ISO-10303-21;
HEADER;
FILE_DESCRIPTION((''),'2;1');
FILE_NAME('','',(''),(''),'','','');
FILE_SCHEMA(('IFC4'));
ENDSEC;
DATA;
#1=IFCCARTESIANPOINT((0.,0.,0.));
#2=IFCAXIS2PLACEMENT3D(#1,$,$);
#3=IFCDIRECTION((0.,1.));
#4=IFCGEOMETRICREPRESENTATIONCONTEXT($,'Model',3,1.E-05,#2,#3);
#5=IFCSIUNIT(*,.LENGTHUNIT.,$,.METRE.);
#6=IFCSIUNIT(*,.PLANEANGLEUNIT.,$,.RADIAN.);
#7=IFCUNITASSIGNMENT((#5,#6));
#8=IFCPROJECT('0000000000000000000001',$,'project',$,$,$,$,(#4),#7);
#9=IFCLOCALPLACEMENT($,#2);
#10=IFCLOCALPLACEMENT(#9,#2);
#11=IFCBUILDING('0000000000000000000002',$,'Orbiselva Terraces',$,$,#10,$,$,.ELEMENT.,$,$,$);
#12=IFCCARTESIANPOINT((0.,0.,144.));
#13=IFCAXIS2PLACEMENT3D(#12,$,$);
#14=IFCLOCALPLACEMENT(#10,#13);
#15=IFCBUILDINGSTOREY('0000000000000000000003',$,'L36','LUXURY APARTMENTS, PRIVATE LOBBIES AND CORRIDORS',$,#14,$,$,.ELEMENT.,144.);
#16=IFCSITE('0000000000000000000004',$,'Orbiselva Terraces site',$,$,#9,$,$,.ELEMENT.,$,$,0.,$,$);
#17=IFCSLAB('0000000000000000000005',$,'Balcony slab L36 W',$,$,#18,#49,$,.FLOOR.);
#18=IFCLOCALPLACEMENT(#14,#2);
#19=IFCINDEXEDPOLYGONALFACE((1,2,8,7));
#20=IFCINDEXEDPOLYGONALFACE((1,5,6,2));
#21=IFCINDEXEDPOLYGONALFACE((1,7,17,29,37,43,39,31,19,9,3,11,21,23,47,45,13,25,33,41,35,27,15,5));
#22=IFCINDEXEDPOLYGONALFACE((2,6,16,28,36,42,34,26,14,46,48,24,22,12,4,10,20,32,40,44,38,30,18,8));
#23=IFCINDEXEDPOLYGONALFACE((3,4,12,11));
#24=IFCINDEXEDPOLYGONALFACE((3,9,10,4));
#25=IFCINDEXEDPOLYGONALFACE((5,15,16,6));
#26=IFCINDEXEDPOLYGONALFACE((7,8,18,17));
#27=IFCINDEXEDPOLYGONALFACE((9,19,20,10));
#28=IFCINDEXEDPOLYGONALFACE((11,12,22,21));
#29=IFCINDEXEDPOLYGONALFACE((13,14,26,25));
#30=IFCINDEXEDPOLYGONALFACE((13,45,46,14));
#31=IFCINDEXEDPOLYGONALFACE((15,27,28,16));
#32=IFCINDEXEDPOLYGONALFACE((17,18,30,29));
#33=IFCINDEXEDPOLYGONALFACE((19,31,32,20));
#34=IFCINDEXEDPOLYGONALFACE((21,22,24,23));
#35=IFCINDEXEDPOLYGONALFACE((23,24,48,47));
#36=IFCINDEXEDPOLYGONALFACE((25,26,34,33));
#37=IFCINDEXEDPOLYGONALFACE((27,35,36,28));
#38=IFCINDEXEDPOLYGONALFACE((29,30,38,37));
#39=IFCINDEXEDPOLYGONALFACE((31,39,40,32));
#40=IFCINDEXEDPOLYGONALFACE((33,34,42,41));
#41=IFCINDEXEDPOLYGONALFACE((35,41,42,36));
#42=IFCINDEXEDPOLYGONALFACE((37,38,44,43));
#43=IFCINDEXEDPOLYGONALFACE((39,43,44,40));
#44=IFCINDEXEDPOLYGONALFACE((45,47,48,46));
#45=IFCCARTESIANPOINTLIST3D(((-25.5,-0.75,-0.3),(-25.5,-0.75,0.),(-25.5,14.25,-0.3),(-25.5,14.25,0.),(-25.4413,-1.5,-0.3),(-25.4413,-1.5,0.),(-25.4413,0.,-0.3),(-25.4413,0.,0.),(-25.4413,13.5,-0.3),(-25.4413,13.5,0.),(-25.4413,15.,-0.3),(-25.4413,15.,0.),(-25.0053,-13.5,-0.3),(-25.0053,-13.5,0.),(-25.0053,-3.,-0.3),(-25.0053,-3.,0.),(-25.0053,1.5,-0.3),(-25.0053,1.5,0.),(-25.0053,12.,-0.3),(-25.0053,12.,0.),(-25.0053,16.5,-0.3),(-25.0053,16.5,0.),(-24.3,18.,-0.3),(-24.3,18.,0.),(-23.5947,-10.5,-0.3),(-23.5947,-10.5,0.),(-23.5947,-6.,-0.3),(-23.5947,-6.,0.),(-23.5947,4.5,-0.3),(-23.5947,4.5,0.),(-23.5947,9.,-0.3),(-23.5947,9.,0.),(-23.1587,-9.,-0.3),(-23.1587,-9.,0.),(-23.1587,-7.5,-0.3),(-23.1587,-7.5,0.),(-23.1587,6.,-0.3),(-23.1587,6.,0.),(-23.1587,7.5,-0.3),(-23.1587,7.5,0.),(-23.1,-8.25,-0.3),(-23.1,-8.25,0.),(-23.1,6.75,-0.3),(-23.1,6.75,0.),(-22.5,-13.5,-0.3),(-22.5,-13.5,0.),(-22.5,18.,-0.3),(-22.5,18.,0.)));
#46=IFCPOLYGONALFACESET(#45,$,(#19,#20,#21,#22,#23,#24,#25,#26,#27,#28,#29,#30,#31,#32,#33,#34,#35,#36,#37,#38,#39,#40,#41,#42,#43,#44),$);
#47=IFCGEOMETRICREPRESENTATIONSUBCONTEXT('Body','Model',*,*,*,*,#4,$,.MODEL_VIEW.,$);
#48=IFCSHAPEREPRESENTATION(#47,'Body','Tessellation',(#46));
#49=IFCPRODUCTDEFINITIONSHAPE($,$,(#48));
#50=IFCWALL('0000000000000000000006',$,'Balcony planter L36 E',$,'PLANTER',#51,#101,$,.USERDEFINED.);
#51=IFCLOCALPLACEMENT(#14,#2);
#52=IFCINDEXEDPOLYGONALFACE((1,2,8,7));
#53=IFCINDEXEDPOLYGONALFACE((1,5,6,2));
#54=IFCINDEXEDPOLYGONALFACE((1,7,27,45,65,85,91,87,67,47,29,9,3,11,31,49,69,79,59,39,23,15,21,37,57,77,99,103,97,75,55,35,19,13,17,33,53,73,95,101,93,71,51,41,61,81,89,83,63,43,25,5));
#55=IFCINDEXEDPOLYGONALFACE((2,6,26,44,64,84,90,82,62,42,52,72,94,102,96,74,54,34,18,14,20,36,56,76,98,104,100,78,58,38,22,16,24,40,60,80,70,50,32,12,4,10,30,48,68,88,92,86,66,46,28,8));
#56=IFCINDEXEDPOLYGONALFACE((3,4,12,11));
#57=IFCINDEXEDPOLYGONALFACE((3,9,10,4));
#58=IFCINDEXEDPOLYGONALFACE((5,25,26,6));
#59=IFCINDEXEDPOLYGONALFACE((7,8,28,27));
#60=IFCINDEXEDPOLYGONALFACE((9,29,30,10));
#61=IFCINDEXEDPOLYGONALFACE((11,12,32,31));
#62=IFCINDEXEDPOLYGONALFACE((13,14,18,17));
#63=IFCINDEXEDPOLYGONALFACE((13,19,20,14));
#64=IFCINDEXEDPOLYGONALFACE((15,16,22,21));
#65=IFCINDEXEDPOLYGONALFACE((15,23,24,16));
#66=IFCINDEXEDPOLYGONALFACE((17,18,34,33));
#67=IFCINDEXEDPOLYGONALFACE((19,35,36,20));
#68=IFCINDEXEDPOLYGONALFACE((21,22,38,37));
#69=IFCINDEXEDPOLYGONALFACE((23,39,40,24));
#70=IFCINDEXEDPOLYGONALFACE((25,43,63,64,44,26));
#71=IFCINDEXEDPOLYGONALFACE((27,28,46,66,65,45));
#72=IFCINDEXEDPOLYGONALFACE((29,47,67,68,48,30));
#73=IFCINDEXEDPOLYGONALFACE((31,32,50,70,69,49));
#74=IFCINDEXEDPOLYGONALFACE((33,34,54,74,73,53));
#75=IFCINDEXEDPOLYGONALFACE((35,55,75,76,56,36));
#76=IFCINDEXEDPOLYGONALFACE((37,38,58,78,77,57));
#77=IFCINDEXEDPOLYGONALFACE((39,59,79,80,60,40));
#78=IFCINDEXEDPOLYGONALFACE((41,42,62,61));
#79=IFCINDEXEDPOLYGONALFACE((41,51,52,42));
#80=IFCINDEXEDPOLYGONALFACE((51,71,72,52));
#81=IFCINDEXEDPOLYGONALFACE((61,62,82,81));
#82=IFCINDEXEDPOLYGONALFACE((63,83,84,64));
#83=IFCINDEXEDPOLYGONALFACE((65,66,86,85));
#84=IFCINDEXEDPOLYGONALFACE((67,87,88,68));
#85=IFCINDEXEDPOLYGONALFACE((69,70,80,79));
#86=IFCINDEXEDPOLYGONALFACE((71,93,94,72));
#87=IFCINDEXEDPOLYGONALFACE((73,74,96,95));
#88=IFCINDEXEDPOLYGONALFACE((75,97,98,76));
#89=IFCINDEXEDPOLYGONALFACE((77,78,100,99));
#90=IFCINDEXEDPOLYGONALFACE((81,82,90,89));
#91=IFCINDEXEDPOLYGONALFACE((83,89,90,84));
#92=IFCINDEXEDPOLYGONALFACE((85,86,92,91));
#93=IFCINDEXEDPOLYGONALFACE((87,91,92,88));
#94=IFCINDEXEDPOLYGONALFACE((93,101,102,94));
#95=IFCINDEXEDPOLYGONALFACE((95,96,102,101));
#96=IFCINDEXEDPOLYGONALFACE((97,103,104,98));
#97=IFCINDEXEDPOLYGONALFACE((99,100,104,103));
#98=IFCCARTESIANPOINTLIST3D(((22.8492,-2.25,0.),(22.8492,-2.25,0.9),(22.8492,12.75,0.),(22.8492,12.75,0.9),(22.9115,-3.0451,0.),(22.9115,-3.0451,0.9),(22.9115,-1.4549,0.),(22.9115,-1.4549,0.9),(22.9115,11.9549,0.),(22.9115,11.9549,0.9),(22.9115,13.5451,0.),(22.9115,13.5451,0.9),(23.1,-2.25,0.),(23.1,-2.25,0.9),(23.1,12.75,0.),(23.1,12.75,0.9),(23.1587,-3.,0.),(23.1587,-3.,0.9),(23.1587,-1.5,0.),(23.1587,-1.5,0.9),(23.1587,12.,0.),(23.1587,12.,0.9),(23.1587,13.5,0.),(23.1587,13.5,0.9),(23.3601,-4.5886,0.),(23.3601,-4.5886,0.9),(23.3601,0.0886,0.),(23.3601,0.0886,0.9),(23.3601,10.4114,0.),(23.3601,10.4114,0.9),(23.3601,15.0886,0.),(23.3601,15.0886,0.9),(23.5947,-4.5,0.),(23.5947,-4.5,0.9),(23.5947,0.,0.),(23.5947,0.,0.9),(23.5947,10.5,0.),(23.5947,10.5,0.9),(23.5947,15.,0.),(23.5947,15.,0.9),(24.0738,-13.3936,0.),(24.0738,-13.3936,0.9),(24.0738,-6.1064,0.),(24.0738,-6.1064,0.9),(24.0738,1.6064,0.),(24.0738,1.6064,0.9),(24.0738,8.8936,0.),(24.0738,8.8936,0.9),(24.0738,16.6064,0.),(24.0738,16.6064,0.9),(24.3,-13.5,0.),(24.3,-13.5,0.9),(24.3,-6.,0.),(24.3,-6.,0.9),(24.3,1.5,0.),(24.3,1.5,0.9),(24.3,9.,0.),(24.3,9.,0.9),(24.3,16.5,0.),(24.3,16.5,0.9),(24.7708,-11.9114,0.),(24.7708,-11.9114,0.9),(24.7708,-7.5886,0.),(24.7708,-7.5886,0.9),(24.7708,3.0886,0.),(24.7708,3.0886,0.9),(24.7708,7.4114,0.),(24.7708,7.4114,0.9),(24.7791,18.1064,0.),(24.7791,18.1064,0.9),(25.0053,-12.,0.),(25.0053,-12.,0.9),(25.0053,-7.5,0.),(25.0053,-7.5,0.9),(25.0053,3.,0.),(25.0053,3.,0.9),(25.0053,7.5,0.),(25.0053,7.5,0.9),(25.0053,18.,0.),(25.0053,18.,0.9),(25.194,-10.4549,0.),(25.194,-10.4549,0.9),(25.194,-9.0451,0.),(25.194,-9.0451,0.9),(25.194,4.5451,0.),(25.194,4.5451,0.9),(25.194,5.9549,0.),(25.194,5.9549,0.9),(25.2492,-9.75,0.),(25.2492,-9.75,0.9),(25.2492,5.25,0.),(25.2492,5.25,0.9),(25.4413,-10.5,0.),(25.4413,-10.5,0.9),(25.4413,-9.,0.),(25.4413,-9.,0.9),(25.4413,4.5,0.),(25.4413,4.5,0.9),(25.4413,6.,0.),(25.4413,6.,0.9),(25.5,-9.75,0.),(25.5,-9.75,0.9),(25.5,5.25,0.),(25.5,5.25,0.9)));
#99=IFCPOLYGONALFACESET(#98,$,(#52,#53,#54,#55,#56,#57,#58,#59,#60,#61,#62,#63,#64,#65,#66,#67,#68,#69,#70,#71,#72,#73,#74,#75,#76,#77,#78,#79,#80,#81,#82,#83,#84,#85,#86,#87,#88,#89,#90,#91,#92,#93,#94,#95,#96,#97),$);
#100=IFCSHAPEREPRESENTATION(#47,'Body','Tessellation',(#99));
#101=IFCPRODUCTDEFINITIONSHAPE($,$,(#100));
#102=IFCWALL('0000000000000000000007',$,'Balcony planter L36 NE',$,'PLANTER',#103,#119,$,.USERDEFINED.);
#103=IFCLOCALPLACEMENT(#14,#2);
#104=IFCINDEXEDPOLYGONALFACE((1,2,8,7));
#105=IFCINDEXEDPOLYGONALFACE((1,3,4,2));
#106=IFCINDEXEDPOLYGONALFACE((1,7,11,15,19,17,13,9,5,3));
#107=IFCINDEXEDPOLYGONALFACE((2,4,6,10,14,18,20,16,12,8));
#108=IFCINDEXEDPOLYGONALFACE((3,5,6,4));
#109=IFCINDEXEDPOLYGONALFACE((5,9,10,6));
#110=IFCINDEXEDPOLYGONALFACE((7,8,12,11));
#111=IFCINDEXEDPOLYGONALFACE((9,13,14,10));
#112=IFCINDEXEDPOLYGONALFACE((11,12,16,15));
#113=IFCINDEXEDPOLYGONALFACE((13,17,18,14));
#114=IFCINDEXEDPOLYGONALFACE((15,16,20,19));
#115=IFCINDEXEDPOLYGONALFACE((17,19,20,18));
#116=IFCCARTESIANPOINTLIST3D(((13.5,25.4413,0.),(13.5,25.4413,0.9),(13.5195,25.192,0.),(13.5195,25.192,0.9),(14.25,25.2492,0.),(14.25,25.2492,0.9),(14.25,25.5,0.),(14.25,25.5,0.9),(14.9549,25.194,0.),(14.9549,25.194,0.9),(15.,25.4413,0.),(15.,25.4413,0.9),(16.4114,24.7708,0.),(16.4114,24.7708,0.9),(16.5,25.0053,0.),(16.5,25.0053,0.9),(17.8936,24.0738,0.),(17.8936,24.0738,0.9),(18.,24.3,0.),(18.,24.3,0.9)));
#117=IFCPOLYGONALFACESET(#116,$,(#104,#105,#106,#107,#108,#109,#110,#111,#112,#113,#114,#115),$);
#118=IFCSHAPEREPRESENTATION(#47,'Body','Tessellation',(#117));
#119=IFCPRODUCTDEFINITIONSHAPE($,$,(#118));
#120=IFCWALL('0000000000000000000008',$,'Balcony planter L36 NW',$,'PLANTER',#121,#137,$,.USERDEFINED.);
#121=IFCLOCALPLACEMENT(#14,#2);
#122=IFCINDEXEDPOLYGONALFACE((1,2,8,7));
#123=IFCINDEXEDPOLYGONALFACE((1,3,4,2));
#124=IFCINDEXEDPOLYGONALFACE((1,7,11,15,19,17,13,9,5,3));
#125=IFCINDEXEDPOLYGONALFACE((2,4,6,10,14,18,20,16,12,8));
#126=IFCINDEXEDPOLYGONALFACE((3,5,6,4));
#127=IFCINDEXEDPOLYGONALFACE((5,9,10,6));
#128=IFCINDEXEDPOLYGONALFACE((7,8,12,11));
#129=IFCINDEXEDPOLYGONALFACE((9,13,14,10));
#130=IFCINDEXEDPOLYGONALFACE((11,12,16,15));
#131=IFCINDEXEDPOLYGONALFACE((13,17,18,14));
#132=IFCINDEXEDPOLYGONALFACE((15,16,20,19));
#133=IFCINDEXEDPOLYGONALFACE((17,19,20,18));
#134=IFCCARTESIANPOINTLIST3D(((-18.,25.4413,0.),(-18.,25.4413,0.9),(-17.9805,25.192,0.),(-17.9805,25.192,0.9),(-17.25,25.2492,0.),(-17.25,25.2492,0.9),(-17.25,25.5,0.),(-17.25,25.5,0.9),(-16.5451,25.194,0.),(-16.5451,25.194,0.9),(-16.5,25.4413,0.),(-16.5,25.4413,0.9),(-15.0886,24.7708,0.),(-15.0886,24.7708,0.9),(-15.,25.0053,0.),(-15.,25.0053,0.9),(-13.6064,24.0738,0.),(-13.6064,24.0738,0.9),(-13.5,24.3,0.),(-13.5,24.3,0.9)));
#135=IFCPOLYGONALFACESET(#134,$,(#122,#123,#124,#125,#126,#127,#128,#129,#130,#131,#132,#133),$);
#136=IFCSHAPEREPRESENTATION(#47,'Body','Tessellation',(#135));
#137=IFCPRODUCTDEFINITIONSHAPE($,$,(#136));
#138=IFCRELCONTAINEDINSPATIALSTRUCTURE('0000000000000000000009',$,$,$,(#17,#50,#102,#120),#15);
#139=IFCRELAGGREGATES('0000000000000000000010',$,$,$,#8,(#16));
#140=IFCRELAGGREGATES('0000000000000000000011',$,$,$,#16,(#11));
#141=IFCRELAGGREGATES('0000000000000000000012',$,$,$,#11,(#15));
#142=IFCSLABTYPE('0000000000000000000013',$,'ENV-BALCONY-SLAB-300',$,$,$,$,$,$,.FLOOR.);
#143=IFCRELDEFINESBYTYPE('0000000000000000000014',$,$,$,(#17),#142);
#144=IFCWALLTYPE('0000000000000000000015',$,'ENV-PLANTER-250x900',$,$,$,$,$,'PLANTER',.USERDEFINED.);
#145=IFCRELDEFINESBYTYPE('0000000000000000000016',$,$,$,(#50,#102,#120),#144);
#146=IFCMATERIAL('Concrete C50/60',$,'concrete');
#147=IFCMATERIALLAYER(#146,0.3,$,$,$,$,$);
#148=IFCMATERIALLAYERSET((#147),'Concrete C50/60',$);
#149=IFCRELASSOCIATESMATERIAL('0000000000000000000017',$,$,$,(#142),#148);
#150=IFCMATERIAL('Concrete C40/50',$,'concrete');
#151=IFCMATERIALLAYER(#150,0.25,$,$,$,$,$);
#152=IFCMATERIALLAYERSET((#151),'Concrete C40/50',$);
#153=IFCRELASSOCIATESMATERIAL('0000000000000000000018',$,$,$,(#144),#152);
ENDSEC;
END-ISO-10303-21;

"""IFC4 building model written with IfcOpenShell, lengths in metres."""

from ifc_helpers import new_model, si_unit, direction, frame, origin, place, context, subcontext, project, spatial, polyline, outline, extrude, material, layer, layer_set, type_object, element, save


model = new_model("IFC4")

# Units and contexts
model_context = context("Model", 3, precision=1e-05, world=origin(), true_north=direction((0.0, 1.0)))
body_context = subcontext(model_context, "Body", "Model", "MODEL_VIEW")
ifc_project = project(units=[si_unit("LENGTHUNIT", "METRE"), si_unit("PLANEANGLEUNIT", "RADIAN")], contexts=[model_context])

# Site, building, storey
site_placement = place(None, origin())
site = spatial("IfcSite", under=ifc_project, at=site_placement, Name="Orbiselva Terraces site", CompositionType="ELEMENT", RefElevation=0.0)
building_placement = place(site_placement, origin())
building = spatial("IfcBuilding", under=site, at=building_placement, Name="Orbiselva Terraces", CompositionType="ELEMENT")
storey_placement = place(building_placement, frame((0.0, 0.0, 144.0)))
storey = spatial("IfcBuildingStorey", under=building, at=storey_placement, Name="L36", Description="LUXURY APARTMENTS, PRIVATE LOBBIES AND CORRIDORS", CompositionType="ELEMENT", Elevation=144.0)

# Shared definitions
ifc_material_1 = material(Name="Concrete C40/50", Category="concrete")

# Slab
ifc_material_2 = material(Name="Concrete C50/60", Category="concrete")
ifc_layer_1 = layer(ifc_material_2, 0.3)
ifc_layer_set_1 = layer_set([ifc_layer_1], Name="Concrete C50/60")
slab_type_1 = type_object("IfcSlabType", Name="ENV-BALCONY-SLAB-300", PredefinedType="FLOOR", material=ifc_layer_set_1)
slab_1_placement = place(storey_placement, frame((0.0, 0.0, -0.3)))
element("IfcSlab", 1, at=slab_1_placement, inside=storey, type_object=slab_type_1, Name="Balcony slab L36 W", PredefinedType="FLOOR", context=body_context, shape_type="SweptSolid", body=[
    extrude(outline(polyline([(-24.3, 18.0), (-25.0053, 16.5), (-25.4413, 15.0), (-25.5, 14.25), (-25.4413, 13.5), (-25.0053, 12.0), (-23.5947, 9.0), (-23.1587, 7.5), (-23.1, 6.75), (-23.1587, 6.0), (-23.5947, 4.5), (-25.0053, 1.5), (-25.4413, 0.0), (-25.5, -0.75), (-25.4413, -1.5), (-25.0053, -3.0), (-23.5947, -6.0), (-23.1587, -7.5), (-23.1, -8.25), (-23.1587, -9.0), (-23.5947, -10.5), (-25.0053, -13.5), (-22.5, -13.5), (-22.5, 18.0), (-24.3, 18.0)])), origin(), (0.0, 0.0, 1.0), 0.3),
])

# Walls
ifc_layer_2 = layer(ifc_material_1, 0.25)
ifc_layer_set_2 = layer_set([ifc_layer_2], Name="Concrete C40/50")
wall_type_1 = type_object("IfcWallType", Name="ENV-PLANTER-250x900", ElementType="PLANTER", PredefinedType="USERDEFINED", material=ifc_layer_set_2)
wall_1_placement = place(storey_placement, origin())
element("IfcWall", 2, at=wall_1_placement, inside=storey, type_object=wall_type_1, Name="Balcony planter L36 E", ObjectType="PLANTER", PredefinedType="USERDEFINED", context=body_context, shape_type="SweptSolid", body=[
    extrude(outline(polyline([(24.3, -13.5), (25.0053, -12.0), (25.4413, -10.5), (25.5, -9.75), (25.4413, -9.0), (25.0053, -7.5), (24.3, -6.0), (23.5947, -4.5), (23.1587, -3.0), (23.1, -2.25), (23.1587, -1.5), (23.5947, 0.0), (24.3, 1.5), (25.0053, 3.0), (25.4413, 4.5), (25.5, 5.25), (25.4413, 6.0), (25.0053, 7.5), (24.3, 9.0), (23.5947, 10.5), (23.1587, 12.0), (23.1, 12.75), (23.1587, 13.5), (23.5947, 15.0), (24.3, 16.5), (25.0053, 18.0), (24.7791, 18.1064), (24.0738, 16.6064), (23.3601, 15.0886), (22.9115, 13.5451), (22.8492, 12.75), (22.9115, 11.9549), (23.3601, 10.4114), (24.0738, 8.8936), (24.7708, 7.4114), (25.194, 5.9549), (25.2492, 5.25), (25.194, 4.5451), (24.7708, 3.0886), (24.0738, 1.6064), (23.3601, 0.0886), (22.9115, -1.4549), (22.8492, -2.25), (22.9115, -3.0451), (23.3601, -4.5886), (24.0738, -6.1064), (24.7708, -7.5886), (25.194, -9.0451), (25.2492, -9.75), (25.194, -10.4549), (24.7708, -11.9114), (24.0738, -13.3936), (24.3, -13.5)])), origin(), (0.0, 0.0, 1.0), 0.9),
])
wall_2_placement = place(storey_placement, origin())
element("IfcWall", 3, at=wall_2_placement, inside=storey, type_object=wall_type_1, Name="Balcony planter L36 NE", ObjectType="PLANTER", PredefinedType="USERDEFINED", context=body_context, shape_type="SweptSolid", body=[
    extrude(outline(polyline([(18.0, 24.3), (16.5, 25.0053), (15.0, 25.4413), (14.25, 25.5), (13.5, 25.4413), (13.5195, 25.192), (14.25, 25.2492), (14.9549, 25.194), (16.4114, 24.7708), (17.8936, 24.0738), (18.0, 24.3)])), origin(), (0.0, 0.0, 1.0), 0.9),
])
wall_3_placement = place(storey_placement, origin())
element("IfcWall", 4, at=wall_3_placement, inside=storey, type_object=wall_type_1, Name="Balcony planter L36 NW", ObjectType="PLANTER", PredefinedType="USERDEFINED", context=body_context, shape_type="SweptSolid", body=[
    extrude(outline(polyline([(-13.5, 24.3), (-15.0, 25.0053), (-16.5, 25.4413), (-17.25, 25.5), (-18.0, 25.4413), (-17.9805, 25.192), (-17.25, 25.2492), (-16.5451, 25.194), (-15.0886, 24.7708), (-13.6064, 24.0738), (-13.5, 24.3)])), origin(), (0.0, 0.0, 1.0), 0.9),
])

save(model, "model.ifc")
